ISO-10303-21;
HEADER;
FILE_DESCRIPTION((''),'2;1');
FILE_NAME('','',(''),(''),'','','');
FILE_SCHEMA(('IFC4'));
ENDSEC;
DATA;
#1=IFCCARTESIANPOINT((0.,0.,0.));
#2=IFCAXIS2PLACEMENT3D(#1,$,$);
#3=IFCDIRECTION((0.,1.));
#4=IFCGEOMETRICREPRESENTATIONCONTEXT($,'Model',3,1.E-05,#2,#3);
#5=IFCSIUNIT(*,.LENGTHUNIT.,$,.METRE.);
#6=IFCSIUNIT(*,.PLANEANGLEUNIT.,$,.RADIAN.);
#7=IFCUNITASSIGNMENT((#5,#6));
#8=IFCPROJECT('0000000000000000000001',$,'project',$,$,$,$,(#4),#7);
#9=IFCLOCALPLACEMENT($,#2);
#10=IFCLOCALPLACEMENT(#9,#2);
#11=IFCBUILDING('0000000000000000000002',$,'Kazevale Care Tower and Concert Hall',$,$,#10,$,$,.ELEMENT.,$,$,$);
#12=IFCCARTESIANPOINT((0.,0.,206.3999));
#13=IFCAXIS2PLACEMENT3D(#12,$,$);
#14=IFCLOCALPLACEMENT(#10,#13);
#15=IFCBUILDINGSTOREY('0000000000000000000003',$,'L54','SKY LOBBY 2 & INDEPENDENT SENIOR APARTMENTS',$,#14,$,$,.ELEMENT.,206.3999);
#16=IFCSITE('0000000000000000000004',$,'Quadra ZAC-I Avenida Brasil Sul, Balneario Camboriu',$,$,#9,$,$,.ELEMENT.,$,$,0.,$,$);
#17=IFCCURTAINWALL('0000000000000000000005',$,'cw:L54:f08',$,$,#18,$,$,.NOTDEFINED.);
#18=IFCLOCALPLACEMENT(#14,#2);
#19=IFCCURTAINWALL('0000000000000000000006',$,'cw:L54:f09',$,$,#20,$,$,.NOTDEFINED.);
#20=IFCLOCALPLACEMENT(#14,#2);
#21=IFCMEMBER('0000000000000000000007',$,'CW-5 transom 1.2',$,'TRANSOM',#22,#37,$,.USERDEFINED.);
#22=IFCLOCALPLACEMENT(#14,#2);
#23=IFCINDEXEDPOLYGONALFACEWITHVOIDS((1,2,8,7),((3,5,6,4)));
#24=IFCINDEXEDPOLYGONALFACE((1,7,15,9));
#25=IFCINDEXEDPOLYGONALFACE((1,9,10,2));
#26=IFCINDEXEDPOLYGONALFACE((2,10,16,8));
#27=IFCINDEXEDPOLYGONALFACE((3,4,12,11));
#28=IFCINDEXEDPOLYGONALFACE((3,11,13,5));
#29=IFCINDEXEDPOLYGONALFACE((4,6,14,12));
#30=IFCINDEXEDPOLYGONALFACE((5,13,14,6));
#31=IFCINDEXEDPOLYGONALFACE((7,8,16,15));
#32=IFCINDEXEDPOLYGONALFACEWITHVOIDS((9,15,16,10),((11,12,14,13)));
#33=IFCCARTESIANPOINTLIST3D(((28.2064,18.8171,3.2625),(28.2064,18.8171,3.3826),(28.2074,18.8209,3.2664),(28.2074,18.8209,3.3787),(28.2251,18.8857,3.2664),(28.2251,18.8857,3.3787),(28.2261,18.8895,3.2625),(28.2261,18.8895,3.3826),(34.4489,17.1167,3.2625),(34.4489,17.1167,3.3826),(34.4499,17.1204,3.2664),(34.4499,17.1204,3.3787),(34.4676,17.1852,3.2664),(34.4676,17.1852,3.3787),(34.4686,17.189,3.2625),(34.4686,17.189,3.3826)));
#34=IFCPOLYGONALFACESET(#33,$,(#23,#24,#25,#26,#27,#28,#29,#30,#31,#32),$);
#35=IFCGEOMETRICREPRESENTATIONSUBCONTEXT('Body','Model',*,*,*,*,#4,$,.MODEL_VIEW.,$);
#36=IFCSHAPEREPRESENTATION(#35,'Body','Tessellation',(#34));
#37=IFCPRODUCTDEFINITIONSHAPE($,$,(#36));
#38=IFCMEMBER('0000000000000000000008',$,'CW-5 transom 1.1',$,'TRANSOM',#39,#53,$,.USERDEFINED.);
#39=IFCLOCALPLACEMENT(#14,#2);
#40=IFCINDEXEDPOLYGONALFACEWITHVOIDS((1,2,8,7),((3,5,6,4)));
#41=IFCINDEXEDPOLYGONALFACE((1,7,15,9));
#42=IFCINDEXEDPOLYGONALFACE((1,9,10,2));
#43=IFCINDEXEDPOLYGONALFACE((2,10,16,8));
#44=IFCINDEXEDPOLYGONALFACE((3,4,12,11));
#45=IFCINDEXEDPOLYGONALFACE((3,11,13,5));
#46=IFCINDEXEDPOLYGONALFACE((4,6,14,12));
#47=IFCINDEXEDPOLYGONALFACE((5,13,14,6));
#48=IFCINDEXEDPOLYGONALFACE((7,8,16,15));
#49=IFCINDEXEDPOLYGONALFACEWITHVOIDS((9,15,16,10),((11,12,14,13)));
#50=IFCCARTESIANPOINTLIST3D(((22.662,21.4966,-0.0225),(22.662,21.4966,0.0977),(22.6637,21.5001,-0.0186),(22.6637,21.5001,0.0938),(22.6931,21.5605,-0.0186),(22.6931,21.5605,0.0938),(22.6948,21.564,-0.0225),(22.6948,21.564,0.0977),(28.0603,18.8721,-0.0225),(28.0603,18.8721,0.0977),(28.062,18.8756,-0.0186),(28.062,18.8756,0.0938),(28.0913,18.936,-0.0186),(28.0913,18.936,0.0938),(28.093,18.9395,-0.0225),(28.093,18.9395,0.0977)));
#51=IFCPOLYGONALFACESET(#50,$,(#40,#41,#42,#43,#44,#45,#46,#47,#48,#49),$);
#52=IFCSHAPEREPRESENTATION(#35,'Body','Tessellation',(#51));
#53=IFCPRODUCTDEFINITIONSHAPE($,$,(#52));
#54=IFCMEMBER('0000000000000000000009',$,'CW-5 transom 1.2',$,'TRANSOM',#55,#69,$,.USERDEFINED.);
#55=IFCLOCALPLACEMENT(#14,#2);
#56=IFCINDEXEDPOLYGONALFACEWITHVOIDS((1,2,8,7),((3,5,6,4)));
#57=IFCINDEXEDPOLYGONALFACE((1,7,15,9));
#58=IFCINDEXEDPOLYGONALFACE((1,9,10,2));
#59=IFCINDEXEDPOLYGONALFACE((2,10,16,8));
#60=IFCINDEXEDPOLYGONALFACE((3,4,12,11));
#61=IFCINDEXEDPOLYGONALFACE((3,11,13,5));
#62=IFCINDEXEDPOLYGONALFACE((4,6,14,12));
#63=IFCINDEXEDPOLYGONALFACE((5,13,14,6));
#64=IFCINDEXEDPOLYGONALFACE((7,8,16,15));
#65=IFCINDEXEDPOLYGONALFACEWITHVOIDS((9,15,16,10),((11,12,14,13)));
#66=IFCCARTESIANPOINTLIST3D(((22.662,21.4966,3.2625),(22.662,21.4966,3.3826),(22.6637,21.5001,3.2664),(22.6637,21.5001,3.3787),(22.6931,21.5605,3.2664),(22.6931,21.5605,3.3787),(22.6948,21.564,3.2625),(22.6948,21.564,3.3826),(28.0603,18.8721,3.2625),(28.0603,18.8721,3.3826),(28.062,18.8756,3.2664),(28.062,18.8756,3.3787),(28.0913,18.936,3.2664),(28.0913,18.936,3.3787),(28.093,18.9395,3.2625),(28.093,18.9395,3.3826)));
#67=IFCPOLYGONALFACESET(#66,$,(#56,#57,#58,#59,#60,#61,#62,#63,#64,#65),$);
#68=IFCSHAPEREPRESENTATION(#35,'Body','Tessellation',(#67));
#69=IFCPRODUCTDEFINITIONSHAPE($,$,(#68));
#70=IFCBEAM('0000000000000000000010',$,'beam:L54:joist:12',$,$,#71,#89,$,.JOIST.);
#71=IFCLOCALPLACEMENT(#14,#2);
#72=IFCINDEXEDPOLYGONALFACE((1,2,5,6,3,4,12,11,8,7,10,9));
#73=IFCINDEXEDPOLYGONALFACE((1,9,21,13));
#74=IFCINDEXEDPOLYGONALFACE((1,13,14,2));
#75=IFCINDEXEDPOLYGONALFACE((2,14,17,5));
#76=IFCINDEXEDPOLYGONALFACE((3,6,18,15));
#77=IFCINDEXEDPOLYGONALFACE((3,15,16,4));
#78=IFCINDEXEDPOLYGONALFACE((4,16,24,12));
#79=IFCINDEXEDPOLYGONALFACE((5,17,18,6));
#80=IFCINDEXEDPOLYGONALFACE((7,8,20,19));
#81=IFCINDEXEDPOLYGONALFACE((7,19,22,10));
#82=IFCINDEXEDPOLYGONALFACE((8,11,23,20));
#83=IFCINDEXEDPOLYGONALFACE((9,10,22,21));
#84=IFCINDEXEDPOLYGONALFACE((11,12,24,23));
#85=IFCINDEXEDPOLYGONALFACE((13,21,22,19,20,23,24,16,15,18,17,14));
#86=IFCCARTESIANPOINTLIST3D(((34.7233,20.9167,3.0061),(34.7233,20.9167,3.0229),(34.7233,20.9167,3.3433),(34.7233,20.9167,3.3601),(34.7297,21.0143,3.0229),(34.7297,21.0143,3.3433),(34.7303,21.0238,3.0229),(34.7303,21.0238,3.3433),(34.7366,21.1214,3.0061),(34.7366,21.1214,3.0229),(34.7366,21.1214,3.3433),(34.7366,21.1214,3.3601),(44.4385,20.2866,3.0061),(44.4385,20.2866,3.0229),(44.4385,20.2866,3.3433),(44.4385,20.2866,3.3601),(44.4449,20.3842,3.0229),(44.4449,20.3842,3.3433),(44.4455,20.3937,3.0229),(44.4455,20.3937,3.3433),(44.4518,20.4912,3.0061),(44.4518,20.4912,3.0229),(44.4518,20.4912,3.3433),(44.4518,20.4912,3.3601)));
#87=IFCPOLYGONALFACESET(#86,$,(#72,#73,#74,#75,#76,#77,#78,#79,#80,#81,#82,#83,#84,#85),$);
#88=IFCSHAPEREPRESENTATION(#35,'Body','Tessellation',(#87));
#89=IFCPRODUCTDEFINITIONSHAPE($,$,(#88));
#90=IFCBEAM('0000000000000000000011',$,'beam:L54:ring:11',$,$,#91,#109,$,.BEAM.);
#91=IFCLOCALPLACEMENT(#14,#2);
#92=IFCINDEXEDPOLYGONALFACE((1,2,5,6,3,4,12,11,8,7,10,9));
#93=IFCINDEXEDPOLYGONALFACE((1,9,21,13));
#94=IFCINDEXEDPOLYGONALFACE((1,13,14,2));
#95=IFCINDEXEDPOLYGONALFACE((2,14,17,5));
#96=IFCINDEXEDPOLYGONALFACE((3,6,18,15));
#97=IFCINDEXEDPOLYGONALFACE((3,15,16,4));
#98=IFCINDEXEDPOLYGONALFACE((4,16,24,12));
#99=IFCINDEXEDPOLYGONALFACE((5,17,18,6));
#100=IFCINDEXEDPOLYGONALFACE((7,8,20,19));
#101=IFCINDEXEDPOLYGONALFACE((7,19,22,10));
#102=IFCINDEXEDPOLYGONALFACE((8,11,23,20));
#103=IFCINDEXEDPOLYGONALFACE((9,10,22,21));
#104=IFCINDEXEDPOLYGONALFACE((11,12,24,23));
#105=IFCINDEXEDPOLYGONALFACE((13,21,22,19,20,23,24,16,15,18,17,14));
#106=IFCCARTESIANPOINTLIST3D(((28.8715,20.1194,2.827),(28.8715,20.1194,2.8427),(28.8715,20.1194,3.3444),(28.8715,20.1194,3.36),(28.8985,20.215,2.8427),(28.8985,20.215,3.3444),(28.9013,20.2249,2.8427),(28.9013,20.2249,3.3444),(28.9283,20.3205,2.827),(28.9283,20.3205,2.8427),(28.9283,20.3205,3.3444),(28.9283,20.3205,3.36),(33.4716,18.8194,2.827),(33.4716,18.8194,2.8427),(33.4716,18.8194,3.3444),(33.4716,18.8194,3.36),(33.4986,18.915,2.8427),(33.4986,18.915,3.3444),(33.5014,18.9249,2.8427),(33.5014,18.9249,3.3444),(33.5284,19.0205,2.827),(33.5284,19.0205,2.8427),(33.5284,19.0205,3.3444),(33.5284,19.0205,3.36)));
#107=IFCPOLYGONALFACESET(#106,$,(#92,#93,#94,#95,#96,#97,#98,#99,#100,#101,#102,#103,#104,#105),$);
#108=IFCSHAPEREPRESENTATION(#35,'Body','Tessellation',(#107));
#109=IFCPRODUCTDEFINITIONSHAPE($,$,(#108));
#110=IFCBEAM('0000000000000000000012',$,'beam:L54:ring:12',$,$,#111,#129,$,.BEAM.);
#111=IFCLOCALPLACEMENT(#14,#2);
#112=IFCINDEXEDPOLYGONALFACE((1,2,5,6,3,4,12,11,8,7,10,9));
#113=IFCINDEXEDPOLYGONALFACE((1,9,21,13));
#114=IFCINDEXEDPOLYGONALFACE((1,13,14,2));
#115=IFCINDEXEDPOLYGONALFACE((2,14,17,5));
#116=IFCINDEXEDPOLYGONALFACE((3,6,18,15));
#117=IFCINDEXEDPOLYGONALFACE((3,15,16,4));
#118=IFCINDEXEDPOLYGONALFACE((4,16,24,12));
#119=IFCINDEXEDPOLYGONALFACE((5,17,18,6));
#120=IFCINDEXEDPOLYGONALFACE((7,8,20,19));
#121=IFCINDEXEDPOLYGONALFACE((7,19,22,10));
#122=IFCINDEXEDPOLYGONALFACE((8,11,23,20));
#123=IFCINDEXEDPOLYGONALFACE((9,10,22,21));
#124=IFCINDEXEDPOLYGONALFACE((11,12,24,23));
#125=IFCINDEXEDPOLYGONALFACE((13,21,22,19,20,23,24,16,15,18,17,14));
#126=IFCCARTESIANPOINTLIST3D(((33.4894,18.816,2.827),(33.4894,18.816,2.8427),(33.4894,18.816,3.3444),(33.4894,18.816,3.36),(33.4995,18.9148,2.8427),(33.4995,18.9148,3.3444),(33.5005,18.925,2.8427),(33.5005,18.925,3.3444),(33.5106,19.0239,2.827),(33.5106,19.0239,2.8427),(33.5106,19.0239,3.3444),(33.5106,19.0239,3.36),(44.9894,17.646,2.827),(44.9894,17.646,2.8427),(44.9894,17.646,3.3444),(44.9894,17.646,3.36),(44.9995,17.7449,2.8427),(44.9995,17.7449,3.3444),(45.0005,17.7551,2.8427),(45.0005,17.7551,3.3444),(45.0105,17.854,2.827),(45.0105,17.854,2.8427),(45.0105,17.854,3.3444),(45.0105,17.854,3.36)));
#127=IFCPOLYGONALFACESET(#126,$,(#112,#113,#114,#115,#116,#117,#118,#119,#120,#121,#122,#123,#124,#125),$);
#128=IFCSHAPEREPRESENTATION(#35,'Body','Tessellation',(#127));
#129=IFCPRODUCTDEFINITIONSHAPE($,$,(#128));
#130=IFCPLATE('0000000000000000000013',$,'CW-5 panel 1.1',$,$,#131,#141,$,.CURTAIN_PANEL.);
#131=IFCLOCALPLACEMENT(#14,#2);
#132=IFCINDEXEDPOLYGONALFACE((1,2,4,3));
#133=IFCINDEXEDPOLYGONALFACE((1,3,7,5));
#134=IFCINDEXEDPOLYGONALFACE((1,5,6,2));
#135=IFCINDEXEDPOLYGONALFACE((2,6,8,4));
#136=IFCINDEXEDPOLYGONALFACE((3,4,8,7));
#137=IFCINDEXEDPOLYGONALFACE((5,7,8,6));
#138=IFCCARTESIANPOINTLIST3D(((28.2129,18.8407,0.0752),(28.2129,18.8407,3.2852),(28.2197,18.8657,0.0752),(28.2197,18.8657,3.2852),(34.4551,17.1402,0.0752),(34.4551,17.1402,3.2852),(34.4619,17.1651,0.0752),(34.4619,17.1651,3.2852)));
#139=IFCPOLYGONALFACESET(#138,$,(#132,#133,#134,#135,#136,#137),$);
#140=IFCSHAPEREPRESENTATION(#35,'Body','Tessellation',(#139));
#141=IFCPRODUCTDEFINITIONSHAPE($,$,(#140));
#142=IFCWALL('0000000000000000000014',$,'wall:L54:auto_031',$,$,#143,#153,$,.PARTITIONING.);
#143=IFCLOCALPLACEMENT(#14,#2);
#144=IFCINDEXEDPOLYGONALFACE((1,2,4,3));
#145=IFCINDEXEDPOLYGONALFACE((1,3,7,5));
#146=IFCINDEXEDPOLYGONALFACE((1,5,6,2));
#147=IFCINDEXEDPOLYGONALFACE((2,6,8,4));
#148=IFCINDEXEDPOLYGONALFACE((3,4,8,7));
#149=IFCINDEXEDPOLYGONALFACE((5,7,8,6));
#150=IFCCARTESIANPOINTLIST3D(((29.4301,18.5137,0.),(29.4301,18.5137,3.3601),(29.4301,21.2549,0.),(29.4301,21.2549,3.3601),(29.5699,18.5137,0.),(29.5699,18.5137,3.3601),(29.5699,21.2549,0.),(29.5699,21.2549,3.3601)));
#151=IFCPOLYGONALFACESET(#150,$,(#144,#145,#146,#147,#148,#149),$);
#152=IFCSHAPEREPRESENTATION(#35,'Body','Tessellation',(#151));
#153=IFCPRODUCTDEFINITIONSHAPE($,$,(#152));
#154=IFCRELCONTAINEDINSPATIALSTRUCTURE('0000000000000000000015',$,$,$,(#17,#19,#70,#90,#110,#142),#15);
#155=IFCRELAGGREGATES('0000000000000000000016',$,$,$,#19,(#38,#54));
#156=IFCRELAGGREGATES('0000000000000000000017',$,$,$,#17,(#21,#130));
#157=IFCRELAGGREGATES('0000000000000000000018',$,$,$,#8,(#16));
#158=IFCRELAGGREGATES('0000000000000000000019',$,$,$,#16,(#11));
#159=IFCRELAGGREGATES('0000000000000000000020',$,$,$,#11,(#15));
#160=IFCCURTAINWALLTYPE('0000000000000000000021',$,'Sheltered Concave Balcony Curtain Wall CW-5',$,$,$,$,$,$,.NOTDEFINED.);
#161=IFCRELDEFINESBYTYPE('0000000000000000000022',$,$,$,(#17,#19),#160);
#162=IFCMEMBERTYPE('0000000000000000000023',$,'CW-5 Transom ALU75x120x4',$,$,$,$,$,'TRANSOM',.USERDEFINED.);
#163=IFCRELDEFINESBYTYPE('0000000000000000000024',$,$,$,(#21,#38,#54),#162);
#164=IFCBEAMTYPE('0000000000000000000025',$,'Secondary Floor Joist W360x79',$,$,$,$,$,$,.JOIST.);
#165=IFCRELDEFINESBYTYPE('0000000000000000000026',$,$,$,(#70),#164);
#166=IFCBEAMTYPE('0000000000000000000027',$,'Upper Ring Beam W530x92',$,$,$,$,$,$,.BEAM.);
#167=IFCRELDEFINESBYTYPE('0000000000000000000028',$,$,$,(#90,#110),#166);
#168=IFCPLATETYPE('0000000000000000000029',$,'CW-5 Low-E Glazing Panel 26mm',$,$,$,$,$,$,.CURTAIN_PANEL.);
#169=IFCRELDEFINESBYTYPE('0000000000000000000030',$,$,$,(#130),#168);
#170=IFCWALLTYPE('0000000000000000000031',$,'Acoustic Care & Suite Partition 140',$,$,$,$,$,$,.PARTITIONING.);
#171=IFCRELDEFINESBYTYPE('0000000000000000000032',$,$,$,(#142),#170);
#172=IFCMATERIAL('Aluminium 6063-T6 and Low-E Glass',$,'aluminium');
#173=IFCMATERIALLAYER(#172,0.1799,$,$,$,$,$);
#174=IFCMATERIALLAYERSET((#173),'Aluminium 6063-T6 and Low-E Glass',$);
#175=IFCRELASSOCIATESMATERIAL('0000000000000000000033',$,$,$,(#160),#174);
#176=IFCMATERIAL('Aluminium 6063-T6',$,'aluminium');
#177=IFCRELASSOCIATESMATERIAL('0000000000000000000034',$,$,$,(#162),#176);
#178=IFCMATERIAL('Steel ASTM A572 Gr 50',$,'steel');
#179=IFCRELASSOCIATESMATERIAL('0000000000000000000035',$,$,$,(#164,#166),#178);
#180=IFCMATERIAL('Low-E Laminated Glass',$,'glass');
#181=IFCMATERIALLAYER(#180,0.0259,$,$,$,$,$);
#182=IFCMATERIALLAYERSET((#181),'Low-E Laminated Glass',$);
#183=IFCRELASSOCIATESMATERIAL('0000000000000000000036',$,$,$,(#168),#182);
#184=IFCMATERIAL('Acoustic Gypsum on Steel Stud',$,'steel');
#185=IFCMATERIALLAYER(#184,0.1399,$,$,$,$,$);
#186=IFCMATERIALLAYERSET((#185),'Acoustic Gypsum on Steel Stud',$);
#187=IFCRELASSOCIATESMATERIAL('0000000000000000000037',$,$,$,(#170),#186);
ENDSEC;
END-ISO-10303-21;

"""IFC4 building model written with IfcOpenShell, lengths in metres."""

from ifc_helpers import new_model, si_unit, direction, frame, frame_2d, origin, origin_2d, place, context, subcontext, project, spatial, rectangle, hollow_rectangle, i_section, extrude, material, layer, layer_set, material_profile, profile_set, type_object, element, aggregate, save


model = new_model("IFC4")

# Units and contexts
model_context = context("Model", 3, precision=1e-05, world=origin(), true_north=direction((0.0, 1.0)))
body_context = subcontext(model_context, "Body", "Model", "MODEL_VIEW")
ifc_project = project(units=[si_unit("LENGTHUNIT", "METRE"), si_unit("PLANEANGLEUNIT", "RADIAN")], contexts=[model_context])

# Site, building, storey
site_placement = place(None, origin())
site = spatial("IfcSite", under=ifc_project, at=site_placement, Name="Quadra ZAC-I Avenida Brasil Sul, Balneario Camboriu", CompositionType="ELEMENT", RefElevation=0.0)
building_placement = place(site_placement, origin())
building = spatial("IfcBuilding", under=site, at=building_placement, Name="Kazevale Care Tower and Concert Hall", CompositionType="ELEMENT")
storey_placement = place(building_placement, frame((0.0, 0.0, 206.3999)))
storey = spatial("IfcBuildingStorey", under=building, at=storey_placement, Name="L54", Description="SKY LOBBY 2 & INDEPENDENT SENIOR APARTMENTS", CompositionType="ELEMENT", Elevation=206.3999)

# Shared definitions
ifc_material_1 = material(Name="Aluminium 6063-T6 and Low-E Glass", Category="aluminium")
ifc_layer_1 = layer(ifc_material_1, 0.1799)
ifc_layer_set_1 = layer_set([ifc_layer_1], Name="Aluminium 6063-T6 and Low-E Glass")
curtain_wall_type = type_object("IfcCurtainWallType", Name="Sheltered Concave Balcony Curtain Wall CW-5", PredefinedType="NOTDEFINED", material=ifc_layer_set_1)
ifc_material_2 = material(Name="Aluminium 6063-T6", Category="aluminium")

# Curtain wall
curtain_wall_1_placement = place(storey_placement, origin())
curtain_wall_1 = element("IfcCurtainWall", 1, at=curtain_wall_1_placement, inside=storey, type_object=curtain_wall_type, Name="cw:L54:f08", PredefinedType="NOTDEFINED")

# Curtain wall
curtain_wall_2_placement = place(storey_placement, origin())
curtain_wall_2 = element("IfcCurtainWall", 2, at=curtain_wall_2_placement, inside=storey, type_object=curtain_wall_type, Name="cw:L54:f09", PredefinedType="NOTDEFINED")

# Members
ifc_material_profile_1 = material_profile(ifc_material_2, hollow_rectangle(XDim=0.075, YDim=0.1201, WallThickness=0.0039, at=origin_2d()), Name="ALU75x120x4")
ifc_profile_set_1 = profile_set([ifc_material_profile_1], Name="Aluminium 6063-T6")
member_type_1 = type_object("IfcMemberType", Name="CW-5 Transom ALU75x120x4", ElementType="TRANSOM", PredefinedType="USERDEFINED", material=ifc_profile_set_1)
member_1_placement = place(storey_placement, frame((34.4587, 17.1528, 3.3225), z_axis=(-0.964844, 0.262824, 0.0), x_axis=(-0.262824, -0.964844, 0.0)))
member_1 = element("IfcMember", 3, at=member_1_placement, type_object=member_type_1, Name="CW-5 transom 1.2", ObjectType="TRANSOM", PredefinedType="USERDEFINED", context=body_context, shape_type="SweptSolid", body=[
    extrude(hollow_rectangle(XDim=0.075, YDim=0.1201, WallThickness=0.0039, at=origin_2d()), origin(), (0.0, 0.0, 1.0), 6.47),
])
member_2_placement = place(storey_placement, frame((28.0767, 18.9058, 0.0376), z_axis=(-0.899342, 0.437245, 0.0), x_axis=(-0.437245, -0.899342, 0.0)))
member_2 = element("IfcMember", 4, at=member_2_placement, type_object=member_type_1, Name="CW-5 transom 1.1", ObjectType="TRANSOM", PredefinedType="USERDEFINED", context=body_context, shape_type="SweptSolid", body=[
    extrude(hollow_rectangle(XDim=0.075, YDim=0.1201, WallThickness=0.0039, at=origin_2d()), origin(), (0.0, 0.0, 1.0), 6.0024),
])
member_3_placement = place(storey_placement, frame((28.0767, 18.9058, 3.3225), z_axis=(-0.899342, 0.437245, 0.0), x_axis=(-0.437245, -0.899342, 0.0)))
member_3 = element("IfcMember", 5, at=member_3_placement, type_object=member_type_1, Name="CW-5 transom 1.2", ObjectType="TRANSOM", PredefinedType="USERDEFINED", context=body_context, shape_type="SweptSolid", body=[
    extrude(hollow_rectangle(XDim=0.075, YDim=0.1201, WallThickness=0.0039, at=origin_2d()), origin(), (0.0, 0.0, 1.0), 6.0024),
])
aggregate(curtain_wall_2, [member_2, member_3])

# Beams
ifc_material_3 = material(Name="Steel ASTM A572 Gr 50", Category="steel")
ifc_material_profile_2 = material_profile(ifc_material_3, i_section(OverallWidth=0.2051, OverallDepth=0.354, WebThickness=0.0095, FlangeThickness=0.0168, at=origin_2d()), Name="W360x79")
ifc_profile_set_2 = profile_set([ifc_material_profile_2], Name="Steel ASTM A572 Gr 50")
beam_type_1 = type_object("IfcBeamType", Name="Secondary Floor Joist W360x79", PredefinedType="JOIST", material=ifc_profile_set_2)
beam_1_placement = place(storey_placement, frame((34.73, 21.019, 3.1831), z_axis=(0.997903, -0.064725, 0.0), x_axis=(0.064725, 0.997903, 0.0)))
element("IfcBeam", 6, at=beam_1_placement, inside=storey, type_object=beam_type_1, Name="beam:L54:joist:12", PredefinedType="JOIST", context=body_context, shape_type="SweptSolid", body=[
    extrude(i_section(OverallWidth=0.2051, OverallDepth=0.354, WebThickness=0.0095, FlangeThickness=0.0168, at=origin_2d()), origin(), (0.0, 0.0, 1.0), 9.7356),
])
ifc_material_profile_3 = material_profile(ifc_material_3, i_section(OverallWidth=0.209, OverallDepth=0.533, WebThickness=0.0103, FlangeThickness=0.0156, at=origin_2d()), Name="W530x92")
ifc_profile_set_3 = profile_set([ifc_material_profile_3], Name="Steel ASTM A572 Gr 50")
beam_type_2 = type_object("IfcBeamType", Name="Upper Ring Beam W530x92", PredefinedType="BEAM", material=ifc_profile_set_3)
beam_2_placement = place(storey_placement, frame((28.8999, 20.22, 3.0935), z_axis=(0.962308, -0.271961, 0.0), x_axis=(0.271961, 0.962308, 0.0)))
element("IfcBeam", 7, at=beam_2_placement, inside=storey, type_object=beam_type_2, Name="beam:L54:ring:11", PredefinedType="BEAM", context=body_context, shape_type="SweptSolid", body=[
    extrude(i_section(OverallWidth=0.209, OverallDepth=0.533, WebThickness=0.0103, FlangeThickness=0.0156, at=origin_2d()), origin(), (0.0, 0.0, 1.0), 4.7803),
])
beam_3_placement = place(storey_placement, frame((33.5, 18.9199, 3.0935), z_axis=(0.994865, -0.10121, 0.0), x_axis=(0.10121, 0.994865, 0.0)))
element("IfcBeam", 8, at=beam_3_placement, inside=storey, type_object=beam_type_2, Name="beam:L54:ring:12", PredefinedType="BEAM", context=body_context, shape_type="SweptSolid", body=[
    extrude(i_section(OverallWidth=0.209, OverallDepth=0.533, WebThickness=0.0103, FlangeThickness=0.0156, at=origin_2d()), origin(), (0.0, 0.0, 1.0), 11.5593),
])

# Plate
ifc_material_4 = material(Name="Low-E Laminated Glass", Category="glass")
ifc_layer_2 = layer(ifc_material_4, 0.0259)
ifc_layer_set_2 = layer_set([ifc_layer_2], Name="Low-E Laminated Glass")
plate_type = type_object("IfcPlateType", Name="CW-5 Low-E Glazing Panel 26mm", PredefinedType="CURTAIN_PANEL", material=ifc_layer_set_2)
plate_placement = place(storey_placement, frame((31.3374, 18.0029, 0.0752), z_axis=(0.0, 0.0, 1.0), x_axis=(-0.964837, 0.262849, 0.0)))
plate = element("IfcPlate", 9, at=plate_placement, type_object=plate_type, Name="CW-5 panel 1.1", PredefinedType="CURTAIN_PANEL", context=body_context, shape_type="SweptSolid", body=[
    extrude(rectangle(XDim=6.4697, YDim=0.0259, at=origin_2d()), origin(), (0.0, 0.0, 1.0), 3.21),
])
aggregate(curtain_wall_1, [member_1, plate])

# Wall
ifc_material_5 = material(Name="Acoustic Gypsum on Steel Stud", Category="steel")
ifc_layer_3 = layer(ifc_material_5, 0.1399)
ifc_layer_set_3 = layer_set([ifc_layer_3], Name="Acoustic Gypsum on Steel Stud")
wall_type_1 = type_object("IfcWallType", Name="Acoustic Care & Suite Partition 140", PredefinedType="PARTITIONING", material=ifc_layer_set_3)
wall_1_placement = place(storey_placement, frame((29.5, 21.2549, 0.0), z_axis=(0.0, 0.0, 1.0), x_axis=(0.0, -1.0, 0.0)))
element("IfcWall", 10, at=wall_1_placement, inside=storey, type_object=wall_type_1, Name="wall:L54:auto_031", PredefinedType="PARTITIONING", context=body_context, shape_type="SweptSolid", body=[
    extrude(rectangle(XDim=2.7412, YDim=0.1399, at=frame_2d((1.3706, 0.0))), origin(), (0.0, 0.0, 1.0), 3.3601),
])

save(model, "model.ifc")
